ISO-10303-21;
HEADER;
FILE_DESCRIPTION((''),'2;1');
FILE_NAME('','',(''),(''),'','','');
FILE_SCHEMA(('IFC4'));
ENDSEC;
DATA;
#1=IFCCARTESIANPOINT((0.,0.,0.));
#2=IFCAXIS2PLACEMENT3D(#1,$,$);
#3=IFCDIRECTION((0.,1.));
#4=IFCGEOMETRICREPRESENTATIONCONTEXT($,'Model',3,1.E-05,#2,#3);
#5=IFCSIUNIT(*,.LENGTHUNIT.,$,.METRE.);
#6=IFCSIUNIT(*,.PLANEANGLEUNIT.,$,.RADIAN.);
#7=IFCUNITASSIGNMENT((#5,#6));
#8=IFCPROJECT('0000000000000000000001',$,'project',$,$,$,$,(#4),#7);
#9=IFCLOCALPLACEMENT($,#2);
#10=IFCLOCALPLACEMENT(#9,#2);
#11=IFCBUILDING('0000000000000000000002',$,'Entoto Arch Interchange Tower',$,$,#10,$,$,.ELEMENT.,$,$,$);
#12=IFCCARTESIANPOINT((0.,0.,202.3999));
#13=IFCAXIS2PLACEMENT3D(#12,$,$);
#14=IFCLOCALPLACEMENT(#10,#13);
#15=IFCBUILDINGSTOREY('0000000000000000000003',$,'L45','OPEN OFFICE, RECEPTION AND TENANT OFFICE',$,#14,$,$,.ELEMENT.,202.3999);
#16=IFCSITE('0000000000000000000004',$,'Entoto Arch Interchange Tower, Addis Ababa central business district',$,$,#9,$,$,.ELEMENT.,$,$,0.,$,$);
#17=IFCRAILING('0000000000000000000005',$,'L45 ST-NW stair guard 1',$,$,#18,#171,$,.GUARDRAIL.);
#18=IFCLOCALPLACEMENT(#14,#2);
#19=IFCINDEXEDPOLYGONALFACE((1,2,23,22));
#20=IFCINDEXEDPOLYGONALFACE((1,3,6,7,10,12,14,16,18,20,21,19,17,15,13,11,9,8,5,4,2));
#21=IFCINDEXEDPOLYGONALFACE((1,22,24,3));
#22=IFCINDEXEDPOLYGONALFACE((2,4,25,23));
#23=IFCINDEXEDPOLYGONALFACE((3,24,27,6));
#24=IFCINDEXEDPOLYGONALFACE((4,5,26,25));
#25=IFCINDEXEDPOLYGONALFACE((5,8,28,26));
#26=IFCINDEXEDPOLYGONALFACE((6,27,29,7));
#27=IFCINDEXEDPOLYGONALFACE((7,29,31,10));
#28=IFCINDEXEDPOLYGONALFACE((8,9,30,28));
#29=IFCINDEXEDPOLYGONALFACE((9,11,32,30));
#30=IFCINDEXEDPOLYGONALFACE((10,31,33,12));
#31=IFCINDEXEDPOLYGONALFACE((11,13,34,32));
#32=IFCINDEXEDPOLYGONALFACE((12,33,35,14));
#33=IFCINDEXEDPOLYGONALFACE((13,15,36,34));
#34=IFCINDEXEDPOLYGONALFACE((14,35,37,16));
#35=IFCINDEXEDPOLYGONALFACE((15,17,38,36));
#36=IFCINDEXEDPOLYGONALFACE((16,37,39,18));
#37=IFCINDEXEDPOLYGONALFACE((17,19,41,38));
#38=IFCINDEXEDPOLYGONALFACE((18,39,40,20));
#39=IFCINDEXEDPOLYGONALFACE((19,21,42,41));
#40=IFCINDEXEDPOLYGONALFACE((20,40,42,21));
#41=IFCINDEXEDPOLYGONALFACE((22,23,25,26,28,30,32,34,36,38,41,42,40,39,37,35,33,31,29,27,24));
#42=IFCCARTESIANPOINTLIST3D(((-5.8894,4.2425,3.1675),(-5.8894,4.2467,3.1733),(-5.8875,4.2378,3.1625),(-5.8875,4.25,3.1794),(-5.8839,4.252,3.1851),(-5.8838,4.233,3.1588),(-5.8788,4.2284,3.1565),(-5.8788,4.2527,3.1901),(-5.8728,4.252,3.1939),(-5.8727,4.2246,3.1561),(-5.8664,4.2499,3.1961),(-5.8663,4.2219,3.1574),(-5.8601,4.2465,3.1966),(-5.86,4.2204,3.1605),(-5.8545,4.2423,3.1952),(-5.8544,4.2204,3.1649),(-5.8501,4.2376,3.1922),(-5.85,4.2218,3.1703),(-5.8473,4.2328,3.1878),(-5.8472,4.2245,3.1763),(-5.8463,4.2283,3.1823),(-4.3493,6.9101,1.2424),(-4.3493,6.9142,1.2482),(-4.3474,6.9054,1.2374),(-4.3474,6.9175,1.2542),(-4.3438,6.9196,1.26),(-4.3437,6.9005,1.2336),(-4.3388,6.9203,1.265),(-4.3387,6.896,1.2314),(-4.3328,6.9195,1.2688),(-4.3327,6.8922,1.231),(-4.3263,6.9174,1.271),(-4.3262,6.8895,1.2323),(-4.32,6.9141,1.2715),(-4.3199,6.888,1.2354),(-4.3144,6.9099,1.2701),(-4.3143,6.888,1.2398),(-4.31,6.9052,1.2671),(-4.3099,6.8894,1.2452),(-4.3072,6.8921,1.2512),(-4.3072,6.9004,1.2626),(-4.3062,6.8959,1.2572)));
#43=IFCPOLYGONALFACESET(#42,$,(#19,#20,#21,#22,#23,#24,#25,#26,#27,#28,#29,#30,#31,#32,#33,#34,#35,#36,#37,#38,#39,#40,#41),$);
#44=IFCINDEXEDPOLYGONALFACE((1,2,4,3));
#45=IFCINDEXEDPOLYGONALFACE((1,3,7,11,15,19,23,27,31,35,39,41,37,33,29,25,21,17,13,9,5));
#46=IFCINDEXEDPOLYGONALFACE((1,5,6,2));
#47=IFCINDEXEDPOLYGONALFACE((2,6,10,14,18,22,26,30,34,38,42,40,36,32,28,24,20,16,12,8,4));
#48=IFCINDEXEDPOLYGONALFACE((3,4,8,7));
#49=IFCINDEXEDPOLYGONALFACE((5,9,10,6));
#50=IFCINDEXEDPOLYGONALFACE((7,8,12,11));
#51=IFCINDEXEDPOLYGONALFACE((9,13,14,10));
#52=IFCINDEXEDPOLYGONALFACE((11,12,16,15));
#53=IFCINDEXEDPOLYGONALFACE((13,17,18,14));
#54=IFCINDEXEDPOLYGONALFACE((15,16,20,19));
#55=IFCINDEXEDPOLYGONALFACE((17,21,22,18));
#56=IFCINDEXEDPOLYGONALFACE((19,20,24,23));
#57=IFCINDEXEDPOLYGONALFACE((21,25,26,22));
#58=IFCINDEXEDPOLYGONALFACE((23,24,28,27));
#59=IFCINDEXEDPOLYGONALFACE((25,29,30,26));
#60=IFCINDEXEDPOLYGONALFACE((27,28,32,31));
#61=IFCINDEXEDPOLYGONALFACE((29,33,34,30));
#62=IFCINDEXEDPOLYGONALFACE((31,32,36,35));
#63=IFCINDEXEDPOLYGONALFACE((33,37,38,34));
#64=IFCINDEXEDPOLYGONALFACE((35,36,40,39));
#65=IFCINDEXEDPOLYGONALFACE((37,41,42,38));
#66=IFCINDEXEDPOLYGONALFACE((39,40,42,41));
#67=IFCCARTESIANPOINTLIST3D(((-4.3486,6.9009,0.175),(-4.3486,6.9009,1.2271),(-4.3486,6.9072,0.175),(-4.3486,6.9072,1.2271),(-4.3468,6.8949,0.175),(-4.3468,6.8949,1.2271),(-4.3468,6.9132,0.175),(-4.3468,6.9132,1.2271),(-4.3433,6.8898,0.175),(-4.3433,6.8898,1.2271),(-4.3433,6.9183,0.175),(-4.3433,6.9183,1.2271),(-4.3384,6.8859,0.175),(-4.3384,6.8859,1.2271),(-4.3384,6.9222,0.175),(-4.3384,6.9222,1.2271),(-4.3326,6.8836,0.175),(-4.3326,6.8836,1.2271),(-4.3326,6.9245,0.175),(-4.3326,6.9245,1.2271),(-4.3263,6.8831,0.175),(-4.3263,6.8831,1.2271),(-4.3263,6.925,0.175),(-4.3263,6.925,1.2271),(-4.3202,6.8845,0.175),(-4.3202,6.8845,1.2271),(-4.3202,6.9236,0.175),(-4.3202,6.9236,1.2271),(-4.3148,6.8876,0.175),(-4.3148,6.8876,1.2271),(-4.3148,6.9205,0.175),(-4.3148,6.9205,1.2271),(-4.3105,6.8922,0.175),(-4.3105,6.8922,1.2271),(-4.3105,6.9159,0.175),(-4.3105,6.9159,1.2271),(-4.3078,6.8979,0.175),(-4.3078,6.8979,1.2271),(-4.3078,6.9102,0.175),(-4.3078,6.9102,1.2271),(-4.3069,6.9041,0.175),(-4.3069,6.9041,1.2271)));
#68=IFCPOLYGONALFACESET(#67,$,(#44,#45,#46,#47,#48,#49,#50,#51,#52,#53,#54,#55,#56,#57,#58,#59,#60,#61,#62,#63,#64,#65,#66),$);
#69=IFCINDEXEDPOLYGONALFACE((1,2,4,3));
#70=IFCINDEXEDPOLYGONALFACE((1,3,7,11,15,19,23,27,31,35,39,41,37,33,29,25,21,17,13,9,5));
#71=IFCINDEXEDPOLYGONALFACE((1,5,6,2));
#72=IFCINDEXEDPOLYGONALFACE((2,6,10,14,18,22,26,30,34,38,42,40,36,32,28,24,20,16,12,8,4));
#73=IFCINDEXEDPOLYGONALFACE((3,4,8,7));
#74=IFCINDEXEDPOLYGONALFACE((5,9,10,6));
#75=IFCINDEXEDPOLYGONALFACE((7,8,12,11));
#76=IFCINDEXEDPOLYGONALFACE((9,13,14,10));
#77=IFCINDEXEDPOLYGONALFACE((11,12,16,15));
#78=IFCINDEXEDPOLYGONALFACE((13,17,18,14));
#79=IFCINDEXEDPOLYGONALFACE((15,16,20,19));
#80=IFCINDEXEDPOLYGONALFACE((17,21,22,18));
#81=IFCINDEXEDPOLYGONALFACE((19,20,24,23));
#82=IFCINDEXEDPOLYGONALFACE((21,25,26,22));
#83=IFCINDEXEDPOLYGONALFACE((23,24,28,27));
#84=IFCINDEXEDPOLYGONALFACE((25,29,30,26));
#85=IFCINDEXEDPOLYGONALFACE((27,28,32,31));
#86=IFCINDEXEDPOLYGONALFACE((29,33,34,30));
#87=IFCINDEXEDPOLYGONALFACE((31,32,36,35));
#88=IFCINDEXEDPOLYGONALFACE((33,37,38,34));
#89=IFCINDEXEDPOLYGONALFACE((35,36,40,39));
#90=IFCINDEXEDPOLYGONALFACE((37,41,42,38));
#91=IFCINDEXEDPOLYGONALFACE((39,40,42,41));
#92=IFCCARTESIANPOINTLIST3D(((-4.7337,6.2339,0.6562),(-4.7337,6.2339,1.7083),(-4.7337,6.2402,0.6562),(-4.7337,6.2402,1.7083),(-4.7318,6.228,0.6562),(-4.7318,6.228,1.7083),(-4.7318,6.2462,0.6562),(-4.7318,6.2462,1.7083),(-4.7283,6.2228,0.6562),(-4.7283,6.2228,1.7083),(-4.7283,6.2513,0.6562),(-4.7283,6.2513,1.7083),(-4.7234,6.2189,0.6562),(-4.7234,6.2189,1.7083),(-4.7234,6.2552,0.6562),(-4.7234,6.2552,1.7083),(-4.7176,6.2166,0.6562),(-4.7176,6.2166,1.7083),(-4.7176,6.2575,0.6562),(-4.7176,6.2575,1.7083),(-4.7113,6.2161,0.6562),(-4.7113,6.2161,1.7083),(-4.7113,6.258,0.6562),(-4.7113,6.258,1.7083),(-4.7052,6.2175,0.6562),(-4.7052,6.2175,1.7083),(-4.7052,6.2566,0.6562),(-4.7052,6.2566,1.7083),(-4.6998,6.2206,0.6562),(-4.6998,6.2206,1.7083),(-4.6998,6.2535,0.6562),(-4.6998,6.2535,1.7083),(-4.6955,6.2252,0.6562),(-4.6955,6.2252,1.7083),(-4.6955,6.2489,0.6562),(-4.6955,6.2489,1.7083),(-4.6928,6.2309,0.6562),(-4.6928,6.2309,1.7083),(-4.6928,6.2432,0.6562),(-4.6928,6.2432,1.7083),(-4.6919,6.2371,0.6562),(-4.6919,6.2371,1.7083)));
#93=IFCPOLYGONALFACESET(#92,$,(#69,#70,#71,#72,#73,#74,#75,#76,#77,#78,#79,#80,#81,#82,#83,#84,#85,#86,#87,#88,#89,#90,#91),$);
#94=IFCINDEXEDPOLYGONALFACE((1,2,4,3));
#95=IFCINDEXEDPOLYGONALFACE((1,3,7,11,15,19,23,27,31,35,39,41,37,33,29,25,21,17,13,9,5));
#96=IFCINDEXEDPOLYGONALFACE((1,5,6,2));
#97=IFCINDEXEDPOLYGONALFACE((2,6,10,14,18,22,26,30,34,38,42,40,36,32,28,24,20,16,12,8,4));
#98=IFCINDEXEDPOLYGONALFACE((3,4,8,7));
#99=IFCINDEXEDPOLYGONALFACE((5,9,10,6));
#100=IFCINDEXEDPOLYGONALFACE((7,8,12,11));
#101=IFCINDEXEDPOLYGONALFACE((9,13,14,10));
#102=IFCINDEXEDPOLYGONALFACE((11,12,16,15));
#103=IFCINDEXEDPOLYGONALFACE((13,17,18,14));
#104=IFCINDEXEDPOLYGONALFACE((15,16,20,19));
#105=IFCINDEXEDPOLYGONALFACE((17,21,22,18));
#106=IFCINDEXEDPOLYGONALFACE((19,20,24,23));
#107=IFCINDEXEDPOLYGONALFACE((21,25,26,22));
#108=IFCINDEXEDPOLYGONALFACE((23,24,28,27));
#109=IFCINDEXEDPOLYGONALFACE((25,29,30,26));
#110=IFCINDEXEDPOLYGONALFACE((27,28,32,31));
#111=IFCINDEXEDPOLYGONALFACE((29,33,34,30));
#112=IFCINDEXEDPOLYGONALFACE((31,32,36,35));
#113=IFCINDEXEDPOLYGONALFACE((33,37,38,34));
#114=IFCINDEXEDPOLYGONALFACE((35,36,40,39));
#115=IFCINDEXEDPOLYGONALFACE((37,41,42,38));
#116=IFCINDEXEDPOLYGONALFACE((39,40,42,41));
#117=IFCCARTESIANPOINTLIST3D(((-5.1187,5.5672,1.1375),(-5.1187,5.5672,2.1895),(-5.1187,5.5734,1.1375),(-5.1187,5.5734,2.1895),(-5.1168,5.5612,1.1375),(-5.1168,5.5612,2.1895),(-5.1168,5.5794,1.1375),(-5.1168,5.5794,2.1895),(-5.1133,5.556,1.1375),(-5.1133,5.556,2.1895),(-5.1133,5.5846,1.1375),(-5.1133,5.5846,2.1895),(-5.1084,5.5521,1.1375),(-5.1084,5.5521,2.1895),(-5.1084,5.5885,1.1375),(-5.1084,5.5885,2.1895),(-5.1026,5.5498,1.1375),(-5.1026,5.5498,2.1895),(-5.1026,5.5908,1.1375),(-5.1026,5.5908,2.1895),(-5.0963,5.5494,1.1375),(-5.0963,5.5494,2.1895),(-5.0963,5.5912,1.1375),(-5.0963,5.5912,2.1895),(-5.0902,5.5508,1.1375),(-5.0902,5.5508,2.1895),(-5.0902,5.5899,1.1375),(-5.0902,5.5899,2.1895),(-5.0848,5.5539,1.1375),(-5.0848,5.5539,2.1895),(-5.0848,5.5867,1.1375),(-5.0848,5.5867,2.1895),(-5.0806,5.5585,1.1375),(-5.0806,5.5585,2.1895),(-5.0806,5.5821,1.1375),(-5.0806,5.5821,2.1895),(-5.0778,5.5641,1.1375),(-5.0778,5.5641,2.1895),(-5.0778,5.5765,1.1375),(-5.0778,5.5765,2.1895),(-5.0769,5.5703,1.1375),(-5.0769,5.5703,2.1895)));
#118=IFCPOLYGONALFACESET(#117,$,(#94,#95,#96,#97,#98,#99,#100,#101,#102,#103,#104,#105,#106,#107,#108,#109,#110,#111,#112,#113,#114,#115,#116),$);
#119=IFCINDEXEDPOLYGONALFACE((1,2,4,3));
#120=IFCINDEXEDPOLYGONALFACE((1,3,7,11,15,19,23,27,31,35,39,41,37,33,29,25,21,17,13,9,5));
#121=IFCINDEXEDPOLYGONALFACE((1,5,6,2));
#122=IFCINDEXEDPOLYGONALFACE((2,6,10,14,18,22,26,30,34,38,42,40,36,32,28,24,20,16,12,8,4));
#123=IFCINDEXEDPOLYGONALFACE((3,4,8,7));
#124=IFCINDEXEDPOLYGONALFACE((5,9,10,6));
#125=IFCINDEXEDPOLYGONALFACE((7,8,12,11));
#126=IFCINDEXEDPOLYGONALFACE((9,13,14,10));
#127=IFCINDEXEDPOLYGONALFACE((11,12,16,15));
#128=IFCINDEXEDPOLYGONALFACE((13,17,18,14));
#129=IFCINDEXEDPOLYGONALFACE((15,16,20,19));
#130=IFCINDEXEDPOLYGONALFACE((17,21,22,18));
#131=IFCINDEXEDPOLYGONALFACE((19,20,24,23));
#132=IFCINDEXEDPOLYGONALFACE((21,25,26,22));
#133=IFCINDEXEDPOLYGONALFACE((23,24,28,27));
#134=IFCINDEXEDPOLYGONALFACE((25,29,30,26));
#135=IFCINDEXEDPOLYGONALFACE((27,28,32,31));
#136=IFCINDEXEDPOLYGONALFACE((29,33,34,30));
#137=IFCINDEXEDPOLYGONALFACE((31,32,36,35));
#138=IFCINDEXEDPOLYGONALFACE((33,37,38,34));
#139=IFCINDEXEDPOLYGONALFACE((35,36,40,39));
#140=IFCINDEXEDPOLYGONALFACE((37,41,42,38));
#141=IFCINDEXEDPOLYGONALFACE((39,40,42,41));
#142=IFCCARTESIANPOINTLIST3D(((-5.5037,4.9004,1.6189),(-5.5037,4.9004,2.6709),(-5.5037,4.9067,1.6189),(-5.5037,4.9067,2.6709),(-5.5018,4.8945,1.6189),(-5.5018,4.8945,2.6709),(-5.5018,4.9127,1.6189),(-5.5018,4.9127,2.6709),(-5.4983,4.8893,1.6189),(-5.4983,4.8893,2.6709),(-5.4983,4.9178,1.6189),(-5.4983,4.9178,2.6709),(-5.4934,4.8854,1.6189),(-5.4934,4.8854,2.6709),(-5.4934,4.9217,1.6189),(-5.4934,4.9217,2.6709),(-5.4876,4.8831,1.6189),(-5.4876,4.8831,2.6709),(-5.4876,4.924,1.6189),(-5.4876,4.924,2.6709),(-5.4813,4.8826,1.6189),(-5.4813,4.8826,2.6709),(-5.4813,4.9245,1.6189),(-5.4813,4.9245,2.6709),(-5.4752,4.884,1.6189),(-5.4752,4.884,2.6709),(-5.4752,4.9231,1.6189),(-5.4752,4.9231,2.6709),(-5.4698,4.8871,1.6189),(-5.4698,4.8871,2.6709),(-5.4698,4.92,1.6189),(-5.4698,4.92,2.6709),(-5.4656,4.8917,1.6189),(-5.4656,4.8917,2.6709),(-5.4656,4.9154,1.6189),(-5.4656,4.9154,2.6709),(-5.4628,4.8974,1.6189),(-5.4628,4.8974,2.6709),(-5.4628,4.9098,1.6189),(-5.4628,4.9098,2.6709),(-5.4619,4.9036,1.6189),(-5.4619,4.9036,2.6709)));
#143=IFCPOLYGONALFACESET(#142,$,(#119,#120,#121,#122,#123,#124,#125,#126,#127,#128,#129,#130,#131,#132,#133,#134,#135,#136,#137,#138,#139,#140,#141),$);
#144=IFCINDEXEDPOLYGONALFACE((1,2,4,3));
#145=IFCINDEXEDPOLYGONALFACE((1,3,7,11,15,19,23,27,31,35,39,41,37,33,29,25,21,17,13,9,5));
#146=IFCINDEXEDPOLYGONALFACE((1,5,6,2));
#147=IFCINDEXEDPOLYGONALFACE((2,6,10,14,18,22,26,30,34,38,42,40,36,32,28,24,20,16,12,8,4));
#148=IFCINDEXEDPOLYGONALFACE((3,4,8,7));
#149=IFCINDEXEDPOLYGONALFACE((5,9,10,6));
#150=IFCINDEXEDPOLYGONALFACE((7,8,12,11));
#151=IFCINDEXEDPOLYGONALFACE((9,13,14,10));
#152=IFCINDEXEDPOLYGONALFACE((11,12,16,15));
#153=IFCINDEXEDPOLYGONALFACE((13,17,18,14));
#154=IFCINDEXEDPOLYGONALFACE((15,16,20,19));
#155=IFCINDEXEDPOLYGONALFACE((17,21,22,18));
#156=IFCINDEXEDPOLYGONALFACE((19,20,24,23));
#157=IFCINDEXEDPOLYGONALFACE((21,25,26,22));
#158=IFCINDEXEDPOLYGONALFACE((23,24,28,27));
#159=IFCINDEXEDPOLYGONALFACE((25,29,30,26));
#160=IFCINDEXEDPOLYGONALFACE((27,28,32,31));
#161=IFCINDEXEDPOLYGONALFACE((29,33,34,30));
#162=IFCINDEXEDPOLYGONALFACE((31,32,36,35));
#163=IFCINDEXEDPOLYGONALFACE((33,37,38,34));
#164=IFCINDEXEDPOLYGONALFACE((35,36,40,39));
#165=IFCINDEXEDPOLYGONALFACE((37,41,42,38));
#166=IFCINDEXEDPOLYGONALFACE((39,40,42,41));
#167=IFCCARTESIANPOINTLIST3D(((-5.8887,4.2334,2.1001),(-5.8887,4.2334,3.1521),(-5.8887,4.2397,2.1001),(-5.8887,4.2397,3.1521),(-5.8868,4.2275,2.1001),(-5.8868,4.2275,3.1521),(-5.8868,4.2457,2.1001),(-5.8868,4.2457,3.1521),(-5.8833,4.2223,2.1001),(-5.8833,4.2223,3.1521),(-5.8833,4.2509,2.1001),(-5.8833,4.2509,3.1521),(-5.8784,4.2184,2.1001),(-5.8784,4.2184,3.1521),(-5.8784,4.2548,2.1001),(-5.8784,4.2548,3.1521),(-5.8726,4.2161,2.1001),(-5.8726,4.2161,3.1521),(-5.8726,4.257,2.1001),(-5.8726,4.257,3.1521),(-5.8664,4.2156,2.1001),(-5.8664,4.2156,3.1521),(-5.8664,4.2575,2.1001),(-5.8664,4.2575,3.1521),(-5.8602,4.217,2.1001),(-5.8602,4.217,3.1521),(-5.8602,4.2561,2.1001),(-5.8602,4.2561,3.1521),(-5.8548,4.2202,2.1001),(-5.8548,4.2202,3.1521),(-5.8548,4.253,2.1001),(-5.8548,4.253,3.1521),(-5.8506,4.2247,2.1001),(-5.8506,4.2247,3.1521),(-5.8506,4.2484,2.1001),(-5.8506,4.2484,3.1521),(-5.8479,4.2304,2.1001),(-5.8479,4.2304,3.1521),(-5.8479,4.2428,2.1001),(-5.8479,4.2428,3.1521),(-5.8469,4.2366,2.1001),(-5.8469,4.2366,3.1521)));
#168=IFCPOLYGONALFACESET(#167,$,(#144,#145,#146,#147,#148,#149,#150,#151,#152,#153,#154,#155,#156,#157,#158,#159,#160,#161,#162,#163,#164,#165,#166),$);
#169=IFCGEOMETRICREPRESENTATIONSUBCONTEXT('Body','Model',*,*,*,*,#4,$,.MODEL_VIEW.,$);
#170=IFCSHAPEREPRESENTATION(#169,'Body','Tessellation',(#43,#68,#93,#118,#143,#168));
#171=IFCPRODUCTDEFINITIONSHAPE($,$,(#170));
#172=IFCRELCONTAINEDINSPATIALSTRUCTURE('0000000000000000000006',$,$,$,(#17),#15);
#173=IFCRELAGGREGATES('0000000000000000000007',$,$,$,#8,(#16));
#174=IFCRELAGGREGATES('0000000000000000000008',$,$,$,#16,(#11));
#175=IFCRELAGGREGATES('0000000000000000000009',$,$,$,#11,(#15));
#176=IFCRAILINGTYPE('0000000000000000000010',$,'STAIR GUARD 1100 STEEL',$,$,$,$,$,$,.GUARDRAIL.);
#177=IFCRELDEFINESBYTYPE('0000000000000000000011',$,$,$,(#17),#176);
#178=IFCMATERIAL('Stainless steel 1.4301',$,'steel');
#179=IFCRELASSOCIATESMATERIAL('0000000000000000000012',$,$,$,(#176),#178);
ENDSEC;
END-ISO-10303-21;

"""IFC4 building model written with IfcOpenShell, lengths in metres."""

from ifc_helpers import new_model, si_unit, direction, frame, origin, origin_2d, place, context, subcontext, project, spatial, circle, extrude, material, type_object, element, save


model = new_model("IFC4")

# Units and contexts
model_context = context("Model", 3, precision=1e-05, world=origin(), true_north=direction((0.0, 1.0)))
body_context = subcontext(model_context, "Body", "Model", "MODEL_VIEW")
ifc_project = project(units=[si_unit("LENGTHUNIT", "METRE"), si_unit("PLANEANGLEUNIT", "RADIAN")], contexts=[model_context])

# Site, building, storey
site_placement = place(None, origin())
site = spatial("IfcSite", under=ifc_project, at=site_placement, Name="Entoto Arch Interchange Tower, Addis Ababa central business district", CompositionType="ELEMENT", RefElevation=0.0)
building_placement = place(site_placement, origin())
building = spatial("IfcBuilding", under=site, at=building_placement, Name="Entoto Arch Interchange Tower", CompositionType="ELEMENT")
storey_placement = place(building_placement, frame((0.0, 0.0, 202.3999)))
storey = spatial("IfcBuildingStorey", under=building, at=storey_placement, Name="L45", Description="OPEN OFFICE, RECEPTION AND TENANT OFFICE", CompositionType="ELEMENT", Elevation=202.3999)

# Railing
ifc_material_1 = material(Name="Stainless steel 1.4301", Category="steel")
railing_type_1 = type_object("IfcRailingType", Name="STAIR GUARD 1100 STEEL", PredefinedType="GUARDRAIL", material=ifc_material_1)
railing_1_placement = place(storey_placement, frame((-4.3279, 6.9041, 0.175)))
element("IfcRailing", 1, at=railing_1_placement, inside=storey, type_object=railing_type_1, Name="L45 ST-NW stair guard 1", PredefinedType="GUARDRAIL", context=body_context, shape_type="SweptSolid", body=[
    extrude(circle(Radius=0.0239, at=origin_2d()), frame((0.0, 0.0, 1.0762), z_axis=(-0.423994, -0.734395, 0.529993), x_axis=(0.86603, -0.499992, 0.0)), (0.0, 0.0, 1.0), 3.6323),
    extrude(circle(Radius=0.021, at=origin_2d()), origin(), (0.0, 0.0, 1.0), 1.052),
    extrude(circle(Radius=0.021, at=origin_2d()), frame((-0.385, -0.667, 0.4812)), (0.0, 0.0, 1.0), 1.052),
    extrude(circle(Radius=0.021, at=origin_2d()), frame((-0.77, -1.3337, 0.9624)), (0.0, 0.0, 1.0), 1.052),
    extrude(circle(Radius=0.021, at=origin_2d()), frame((-1.155, -2.0005, 1.4438)), (0.0, 0.0, 1.0), 1.052),
    extrude(circle(Radius=0.021, at=origin_2d()), frame((-1.54, -2.6675, 1.925)), (0.0, 0.0, 1.0), 1.052),
])

save(model, "model.ifc")
